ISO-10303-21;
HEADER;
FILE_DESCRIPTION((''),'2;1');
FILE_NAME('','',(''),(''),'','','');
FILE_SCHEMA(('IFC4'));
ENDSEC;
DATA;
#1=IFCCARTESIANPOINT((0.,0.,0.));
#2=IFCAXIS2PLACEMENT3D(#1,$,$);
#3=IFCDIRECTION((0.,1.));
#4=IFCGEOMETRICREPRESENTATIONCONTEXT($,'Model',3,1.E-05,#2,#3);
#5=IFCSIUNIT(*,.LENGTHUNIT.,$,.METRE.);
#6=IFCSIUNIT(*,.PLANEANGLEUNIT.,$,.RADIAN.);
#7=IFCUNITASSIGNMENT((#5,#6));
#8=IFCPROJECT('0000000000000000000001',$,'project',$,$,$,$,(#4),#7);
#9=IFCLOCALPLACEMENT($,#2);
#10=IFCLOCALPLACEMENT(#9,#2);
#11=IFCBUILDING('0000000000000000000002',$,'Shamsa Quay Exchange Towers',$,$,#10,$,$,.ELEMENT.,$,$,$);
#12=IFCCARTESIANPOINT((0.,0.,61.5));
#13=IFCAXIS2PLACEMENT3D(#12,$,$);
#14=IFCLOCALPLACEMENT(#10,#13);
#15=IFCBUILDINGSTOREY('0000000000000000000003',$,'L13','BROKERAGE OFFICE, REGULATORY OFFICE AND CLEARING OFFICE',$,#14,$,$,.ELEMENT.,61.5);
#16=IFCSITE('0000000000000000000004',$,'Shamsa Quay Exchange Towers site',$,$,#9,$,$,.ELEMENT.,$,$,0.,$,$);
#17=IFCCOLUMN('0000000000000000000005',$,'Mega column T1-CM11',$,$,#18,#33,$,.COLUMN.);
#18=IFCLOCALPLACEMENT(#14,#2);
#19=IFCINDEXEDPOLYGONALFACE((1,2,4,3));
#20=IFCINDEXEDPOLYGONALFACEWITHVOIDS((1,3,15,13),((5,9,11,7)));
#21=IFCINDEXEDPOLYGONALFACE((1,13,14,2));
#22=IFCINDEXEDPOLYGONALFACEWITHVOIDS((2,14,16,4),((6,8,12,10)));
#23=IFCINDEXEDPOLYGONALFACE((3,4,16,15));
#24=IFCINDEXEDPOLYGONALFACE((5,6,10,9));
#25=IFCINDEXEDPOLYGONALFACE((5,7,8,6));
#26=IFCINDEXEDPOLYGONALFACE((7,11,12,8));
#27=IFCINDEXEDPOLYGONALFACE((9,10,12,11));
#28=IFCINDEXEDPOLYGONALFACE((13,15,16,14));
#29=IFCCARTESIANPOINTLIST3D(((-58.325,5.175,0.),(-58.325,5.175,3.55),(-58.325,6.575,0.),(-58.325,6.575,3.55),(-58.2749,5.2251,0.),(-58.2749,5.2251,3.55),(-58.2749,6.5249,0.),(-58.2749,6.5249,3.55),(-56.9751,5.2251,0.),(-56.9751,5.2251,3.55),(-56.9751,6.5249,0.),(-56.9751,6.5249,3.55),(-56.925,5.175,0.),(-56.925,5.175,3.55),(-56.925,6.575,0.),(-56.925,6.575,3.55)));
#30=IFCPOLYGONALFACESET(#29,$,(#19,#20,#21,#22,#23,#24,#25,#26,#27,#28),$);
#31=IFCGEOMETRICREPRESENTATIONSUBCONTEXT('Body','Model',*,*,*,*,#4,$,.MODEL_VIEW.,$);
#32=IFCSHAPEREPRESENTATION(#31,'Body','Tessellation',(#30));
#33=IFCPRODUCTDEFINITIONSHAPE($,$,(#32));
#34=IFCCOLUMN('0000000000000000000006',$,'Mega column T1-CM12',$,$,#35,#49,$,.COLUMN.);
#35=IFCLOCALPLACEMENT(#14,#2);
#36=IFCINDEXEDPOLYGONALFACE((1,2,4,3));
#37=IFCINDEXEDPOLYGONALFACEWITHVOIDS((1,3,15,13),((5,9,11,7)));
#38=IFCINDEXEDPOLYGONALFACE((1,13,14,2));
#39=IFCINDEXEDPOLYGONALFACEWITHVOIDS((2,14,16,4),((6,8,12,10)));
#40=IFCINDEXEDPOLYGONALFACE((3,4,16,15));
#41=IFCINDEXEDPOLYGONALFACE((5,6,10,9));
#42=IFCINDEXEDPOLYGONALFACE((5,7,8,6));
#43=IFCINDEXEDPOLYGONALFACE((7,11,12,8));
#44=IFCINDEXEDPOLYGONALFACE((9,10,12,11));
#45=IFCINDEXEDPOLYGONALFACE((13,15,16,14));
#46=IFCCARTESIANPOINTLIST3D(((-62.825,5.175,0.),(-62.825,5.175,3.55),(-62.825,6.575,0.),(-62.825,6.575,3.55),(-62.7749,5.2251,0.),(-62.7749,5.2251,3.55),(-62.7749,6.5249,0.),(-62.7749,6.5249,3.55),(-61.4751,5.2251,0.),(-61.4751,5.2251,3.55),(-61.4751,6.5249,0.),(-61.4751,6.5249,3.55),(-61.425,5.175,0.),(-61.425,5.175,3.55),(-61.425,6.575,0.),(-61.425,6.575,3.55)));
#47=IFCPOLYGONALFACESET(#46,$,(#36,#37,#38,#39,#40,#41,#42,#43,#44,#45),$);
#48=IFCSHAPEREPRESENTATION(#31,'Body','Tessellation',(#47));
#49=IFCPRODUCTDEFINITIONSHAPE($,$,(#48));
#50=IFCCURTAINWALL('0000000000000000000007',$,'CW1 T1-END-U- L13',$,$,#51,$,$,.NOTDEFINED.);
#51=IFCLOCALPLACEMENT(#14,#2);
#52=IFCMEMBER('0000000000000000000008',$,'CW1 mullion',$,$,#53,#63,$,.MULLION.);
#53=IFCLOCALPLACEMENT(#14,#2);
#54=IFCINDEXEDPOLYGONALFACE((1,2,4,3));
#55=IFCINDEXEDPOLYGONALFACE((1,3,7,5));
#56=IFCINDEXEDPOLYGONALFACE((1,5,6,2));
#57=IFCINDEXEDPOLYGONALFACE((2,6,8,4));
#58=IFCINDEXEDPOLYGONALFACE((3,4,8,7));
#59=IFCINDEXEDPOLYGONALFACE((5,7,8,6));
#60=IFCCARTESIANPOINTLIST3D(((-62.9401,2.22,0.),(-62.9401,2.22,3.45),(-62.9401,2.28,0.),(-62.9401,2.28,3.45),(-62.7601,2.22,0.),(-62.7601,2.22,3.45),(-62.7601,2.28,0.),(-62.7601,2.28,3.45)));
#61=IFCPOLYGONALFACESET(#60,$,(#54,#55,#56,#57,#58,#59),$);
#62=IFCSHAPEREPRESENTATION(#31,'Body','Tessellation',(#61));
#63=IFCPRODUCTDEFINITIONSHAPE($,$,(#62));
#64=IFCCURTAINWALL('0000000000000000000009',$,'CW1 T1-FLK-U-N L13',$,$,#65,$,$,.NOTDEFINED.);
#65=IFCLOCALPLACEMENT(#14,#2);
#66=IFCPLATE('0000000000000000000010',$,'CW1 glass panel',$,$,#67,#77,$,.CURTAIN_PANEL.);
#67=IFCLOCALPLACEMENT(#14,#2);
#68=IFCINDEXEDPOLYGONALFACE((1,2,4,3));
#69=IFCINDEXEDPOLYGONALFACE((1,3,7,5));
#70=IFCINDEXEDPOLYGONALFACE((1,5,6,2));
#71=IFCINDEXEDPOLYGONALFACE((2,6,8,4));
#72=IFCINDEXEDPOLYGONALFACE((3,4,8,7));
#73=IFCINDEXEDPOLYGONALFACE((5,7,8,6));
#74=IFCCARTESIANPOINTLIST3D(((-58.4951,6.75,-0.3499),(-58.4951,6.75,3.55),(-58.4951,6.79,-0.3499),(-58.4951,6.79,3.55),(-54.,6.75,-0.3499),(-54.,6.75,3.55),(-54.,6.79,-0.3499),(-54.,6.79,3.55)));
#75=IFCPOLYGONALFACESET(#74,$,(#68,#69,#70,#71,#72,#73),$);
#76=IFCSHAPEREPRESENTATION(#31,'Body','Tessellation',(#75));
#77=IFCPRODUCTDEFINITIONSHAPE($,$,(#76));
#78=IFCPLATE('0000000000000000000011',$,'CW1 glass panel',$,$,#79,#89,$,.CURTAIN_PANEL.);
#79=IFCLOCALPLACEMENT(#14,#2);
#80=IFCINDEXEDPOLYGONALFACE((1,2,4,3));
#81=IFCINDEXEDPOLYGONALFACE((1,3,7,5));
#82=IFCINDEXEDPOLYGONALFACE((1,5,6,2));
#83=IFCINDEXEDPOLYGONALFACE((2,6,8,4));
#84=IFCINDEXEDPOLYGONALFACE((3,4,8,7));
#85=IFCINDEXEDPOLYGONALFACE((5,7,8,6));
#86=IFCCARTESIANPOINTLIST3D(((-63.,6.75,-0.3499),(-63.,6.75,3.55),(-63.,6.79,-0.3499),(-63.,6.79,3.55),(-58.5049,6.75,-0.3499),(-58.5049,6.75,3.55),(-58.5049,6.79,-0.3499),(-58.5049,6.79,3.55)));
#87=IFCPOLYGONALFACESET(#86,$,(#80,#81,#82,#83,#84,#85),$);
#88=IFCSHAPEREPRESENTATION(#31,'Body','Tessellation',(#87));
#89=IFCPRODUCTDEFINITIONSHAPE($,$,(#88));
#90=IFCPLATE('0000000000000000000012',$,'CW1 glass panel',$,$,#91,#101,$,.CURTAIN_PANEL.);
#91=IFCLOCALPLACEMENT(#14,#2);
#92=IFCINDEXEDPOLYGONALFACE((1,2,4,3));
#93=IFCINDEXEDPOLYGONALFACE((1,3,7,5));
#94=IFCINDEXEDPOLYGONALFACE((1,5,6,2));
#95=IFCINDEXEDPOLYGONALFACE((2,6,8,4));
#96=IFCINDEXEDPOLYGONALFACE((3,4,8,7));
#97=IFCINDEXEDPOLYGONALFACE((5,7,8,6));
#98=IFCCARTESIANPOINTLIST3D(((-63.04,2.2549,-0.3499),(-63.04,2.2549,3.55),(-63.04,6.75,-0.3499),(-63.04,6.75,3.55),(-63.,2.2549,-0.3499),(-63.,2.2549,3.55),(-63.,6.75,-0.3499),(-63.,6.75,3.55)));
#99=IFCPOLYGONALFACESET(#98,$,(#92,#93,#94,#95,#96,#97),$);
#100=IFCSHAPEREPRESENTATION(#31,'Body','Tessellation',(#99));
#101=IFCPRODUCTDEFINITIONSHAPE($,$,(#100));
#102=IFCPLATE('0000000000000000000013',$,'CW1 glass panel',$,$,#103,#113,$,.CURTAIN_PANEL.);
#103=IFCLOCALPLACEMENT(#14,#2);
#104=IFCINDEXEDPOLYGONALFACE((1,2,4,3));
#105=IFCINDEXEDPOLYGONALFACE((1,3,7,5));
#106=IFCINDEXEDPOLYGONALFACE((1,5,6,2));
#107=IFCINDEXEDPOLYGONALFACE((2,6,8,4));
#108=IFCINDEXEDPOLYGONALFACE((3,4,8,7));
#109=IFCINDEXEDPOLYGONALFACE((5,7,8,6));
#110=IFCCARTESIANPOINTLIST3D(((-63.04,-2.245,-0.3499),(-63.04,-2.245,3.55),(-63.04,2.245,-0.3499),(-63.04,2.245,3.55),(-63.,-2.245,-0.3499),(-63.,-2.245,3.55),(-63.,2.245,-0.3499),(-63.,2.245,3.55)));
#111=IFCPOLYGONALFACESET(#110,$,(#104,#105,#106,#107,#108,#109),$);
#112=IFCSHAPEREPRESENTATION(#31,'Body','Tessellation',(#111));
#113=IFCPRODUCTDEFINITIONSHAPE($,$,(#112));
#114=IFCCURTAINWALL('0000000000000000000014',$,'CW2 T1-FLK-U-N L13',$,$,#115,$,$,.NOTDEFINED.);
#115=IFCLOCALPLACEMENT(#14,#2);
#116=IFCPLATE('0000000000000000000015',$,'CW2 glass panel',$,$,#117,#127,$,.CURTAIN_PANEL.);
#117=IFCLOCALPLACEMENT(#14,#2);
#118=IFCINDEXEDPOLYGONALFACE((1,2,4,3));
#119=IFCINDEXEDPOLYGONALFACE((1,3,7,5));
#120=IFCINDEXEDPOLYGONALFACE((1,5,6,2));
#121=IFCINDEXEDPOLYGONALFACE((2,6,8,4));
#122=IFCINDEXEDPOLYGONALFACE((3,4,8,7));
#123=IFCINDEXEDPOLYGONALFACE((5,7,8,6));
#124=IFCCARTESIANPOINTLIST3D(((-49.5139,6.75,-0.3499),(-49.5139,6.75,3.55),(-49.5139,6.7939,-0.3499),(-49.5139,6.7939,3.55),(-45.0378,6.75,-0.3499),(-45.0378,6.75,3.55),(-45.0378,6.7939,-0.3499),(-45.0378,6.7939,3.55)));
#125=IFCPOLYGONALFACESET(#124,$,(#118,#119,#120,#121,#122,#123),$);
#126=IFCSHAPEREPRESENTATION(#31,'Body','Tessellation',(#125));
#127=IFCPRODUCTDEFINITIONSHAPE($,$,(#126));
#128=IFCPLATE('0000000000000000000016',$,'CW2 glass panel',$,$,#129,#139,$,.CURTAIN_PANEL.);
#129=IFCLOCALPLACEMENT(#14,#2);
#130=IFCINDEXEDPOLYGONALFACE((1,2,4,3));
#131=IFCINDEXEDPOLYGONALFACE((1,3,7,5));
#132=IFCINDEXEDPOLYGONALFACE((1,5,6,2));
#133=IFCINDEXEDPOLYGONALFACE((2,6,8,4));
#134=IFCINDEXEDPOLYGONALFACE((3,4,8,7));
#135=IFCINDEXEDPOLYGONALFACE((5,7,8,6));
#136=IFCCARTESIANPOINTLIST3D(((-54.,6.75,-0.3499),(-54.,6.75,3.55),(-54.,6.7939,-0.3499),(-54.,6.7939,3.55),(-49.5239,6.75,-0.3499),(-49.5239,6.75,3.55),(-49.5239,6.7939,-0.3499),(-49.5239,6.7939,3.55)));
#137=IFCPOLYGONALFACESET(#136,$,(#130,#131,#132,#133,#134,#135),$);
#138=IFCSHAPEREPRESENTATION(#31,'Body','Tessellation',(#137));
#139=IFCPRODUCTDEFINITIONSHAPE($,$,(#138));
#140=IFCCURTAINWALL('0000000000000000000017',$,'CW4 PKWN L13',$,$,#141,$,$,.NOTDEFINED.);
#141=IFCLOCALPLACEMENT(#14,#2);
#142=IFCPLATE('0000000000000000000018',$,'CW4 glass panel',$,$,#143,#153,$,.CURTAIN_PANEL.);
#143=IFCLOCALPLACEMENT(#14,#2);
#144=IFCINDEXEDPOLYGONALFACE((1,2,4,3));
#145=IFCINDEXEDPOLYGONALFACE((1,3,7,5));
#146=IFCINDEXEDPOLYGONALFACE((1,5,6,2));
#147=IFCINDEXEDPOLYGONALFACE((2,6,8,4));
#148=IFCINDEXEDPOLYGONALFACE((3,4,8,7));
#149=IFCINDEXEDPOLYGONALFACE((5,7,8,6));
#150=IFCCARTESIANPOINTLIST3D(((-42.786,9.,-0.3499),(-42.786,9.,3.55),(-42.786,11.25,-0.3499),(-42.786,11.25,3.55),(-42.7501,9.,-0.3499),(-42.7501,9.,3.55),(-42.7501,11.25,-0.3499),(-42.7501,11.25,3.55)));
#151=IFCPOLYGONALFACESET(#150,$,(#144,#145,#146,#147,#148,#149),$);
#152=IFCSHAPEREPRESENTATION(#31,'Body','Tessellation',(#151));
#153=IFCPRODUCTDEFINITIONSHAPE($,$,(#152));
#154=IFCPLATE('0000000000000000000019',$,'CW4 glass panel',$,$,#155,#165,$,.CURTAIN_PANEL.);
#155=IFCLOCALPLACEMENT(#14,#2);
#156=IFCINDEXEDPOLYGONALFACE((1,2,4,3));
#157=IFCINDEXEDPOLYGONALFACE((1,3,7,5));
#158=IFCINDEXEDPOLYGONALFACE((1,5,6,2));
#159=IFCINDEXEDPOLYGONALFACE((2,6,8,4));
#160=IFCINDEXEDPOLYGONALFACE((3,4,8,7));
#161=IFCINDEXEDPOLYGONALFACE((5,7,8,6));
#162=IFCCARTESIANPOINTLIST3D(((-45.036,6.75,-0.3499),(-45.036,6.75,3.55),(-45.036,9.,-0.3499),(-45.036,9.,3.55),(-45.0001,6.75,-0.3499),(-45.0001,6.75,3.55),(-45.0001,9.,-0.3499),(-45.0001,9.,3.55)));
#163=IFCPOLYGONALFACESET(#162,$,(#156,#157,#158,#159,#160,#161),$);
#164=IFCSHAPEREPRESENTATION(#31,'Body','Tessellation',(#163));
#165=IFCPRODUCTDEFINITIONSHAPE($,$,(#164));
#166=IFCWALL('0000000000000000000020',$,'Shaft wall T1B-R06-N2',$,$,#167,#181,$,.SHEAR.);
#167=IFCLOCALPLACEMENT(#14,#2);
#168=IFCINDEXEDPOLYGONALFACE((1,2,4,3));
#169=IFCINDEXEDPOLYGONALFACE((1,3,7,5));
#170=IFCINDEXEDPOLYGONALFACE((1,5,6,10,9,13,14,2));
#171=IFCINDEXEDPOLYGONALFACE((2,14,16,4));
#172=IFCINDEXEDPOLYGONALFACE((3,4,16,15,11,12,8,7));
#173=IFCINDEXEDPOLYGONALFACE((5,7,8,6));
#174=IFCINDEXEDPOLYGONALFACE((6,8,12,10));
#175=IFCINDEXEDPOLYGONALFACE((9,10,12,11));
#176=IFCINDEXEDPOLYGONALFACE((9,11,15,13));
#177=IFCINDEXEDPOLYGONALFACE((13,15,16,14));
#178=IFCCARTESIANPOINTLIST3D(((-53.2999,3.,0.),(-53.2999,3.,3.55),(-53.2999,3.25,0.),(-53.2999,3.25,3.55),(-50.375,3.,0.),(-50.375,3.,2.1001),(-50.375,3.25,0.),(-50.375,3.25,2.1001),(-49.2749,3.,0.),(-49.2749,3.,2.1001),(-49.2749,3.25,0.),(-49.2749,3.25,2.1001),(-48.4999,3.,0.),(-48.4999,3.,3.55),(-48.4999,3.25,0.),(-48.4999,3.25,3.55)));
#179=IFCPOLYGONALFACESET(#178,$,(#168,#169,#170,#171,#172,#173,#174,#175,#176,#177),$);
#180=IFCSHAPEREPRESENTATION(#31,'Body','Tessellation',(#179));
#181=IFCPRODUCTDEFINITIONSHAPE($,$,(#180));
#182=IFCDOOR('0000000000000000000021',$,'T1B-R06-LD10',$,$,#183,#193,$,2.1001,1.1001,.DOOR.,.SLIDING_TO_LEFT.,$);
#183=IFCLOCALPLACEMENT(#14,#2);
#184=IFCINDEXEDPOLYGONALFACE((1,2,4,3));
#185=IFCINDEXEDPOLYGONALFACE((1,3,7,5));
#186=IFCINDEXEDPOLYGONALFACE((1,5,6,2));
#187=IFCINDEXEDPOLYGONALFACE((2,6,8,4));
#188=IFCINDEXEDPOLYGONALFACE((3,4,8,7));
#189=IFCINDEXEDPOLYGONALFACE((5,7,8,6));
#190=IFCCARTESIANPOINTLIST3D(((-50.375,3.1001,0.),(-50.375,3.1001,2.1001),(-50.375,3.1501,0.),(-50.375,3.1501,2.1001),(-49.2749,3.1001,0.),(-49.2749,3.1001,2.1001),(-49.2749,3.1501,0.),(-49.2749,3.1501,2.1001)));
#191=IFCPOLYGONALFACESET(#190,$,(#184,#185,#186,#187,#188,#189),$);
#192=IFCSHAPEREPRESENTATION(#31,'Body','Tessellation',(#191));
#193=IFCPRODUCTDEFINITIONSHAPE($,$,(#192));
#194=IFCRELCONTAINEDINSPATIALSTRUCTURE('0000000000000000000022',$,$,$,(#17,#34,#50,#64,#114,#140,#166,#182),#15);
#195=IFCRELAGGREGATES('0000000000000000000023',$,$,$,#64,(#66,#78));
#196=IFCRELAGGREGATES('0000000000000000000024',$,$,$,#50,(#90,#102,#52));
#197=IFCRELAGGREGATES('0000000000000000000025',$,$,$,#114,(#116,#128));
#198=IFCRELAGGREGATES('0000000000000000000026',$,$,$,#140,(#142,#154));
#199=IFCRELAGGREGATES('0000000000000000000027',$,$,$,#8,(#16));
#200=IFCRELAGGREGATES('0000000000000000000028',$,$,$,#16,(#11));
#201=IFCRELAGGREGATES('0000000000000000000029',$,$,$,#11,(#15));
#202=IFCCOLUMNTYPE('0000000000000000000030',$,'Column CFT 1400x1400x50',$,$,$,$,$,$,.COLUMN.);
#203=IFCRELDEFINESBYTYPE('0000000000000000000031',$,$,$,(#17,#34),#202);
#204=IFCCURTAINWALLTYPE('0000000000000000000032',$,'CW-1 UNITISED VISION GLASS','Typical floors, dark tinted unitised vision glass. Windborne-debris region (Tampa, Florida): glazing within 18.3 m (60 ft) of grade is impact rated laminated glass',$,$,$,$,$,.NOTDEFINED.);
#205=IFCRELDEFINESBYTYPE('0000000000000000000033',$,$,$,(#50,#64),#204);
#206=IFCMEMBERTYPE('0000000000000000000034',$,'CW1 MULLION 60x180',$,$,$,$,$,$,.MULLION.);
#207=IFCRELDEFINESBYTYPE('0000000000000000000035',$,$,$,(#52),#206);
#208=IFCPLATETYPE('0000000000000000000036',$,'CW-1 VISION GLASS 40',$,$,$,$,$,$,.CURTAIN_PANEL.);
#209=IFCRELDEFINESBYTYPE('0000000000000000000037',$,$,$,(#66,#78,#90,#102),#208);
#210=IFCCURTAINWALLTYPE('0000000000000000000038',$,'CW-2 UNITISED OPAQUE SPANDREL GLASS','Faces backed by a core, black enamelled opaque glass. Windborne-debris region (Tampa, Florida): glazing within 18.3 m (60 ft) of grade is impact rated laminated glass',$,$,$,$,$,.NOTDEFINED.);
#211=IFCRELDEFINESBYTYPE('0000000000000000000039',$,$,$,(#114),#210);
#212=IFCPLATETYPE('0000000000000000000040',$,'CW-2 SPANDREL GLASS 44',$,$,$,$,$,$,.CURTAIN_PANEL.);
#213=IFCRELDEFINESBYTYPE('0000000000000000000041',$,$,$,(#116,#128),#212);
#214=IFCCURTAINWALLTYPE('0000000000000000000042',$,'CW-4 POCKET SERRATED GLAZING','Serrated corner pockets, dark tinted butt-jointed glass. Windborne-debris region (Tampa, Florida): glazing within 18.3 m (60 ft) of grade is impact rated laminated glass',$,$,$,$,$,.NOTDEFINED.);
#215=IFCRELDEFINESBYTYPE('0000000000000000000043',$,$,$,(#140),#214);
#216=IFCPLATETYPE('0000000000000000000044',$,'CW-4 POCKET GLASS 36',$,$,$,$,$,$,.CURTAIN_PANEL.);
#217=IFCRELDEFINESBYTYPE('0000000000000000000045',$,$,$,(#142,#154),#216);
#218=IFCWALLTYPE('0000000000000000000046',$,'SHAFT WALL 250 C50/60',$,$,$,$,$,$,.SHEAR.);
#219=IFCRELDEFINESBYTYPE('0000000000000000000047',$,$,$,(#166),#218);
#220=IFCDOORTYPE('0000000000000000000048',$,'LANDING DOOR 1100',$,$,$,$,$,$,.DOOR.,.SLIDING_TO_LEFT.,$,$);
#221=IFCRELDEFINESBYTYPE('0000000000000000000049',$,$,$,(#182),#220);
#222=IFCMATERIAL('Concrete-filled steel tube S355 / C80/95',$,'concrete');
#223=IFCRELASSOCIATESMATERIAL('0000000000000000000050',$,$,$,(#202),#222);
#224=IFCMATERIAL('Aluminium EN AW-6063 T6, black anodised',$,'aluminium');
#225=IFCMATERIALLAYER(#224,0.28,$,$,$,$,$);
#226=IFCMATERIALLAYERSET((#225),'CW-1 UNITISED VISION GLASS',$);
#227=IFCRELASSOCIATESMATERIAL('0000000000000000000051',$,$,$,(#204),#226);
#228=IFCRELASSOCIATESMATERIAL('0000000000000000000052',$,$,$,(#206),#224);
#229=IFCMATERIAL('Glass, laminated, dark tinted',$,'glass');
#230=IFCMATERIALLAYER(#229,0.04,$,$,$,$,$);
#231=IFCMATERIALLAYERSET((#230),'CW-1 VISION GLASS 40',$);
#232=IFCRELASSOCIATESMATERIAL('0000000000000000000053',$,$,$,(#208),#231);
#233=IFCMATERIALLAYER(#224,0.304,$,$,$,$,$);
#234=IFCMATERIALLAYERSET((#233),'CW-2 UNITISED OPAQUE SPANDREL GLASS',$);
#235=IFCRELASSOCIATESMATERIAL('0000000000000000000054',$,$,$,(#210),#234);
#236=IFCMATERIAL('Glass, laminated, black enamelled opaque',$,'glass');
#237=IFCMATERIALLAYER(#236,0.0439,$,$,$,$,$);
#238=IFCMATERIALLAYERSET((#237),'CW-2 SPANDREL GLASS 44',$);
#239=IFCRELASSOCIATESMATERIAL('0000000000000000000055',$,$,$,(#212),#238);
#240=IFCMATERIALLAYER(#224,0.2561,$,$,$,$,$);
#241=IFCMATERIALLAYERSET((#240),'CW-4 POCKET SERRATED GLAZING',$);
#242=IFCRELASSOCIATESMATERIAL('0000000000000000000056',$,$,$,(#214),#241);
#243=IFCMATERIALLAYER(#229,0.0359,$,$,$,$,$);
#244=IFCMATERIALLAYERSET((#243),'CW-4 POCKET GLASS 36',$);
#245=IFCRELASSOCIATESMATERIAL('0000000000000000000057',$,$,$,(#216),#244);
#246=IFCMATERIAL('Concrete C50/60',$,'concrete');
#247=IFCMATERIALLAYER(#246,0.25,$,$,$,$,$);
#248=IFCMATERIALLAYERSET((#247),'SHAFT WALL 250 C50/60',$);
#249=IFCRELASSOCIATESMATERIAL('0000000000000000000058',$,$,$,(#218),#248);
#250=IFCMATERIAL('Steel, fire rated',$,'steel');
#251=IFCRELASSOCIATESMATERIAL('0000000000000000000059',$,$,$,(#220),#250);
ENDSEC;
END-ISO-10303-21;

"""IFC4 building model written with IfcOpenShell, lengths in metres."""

from ifc_helpers import new_model, si_unit, direction, frame, frame_2d, origin, origin_2d, place, context, subcontext, project, spatial, rectangle, hollow_rectangle, extrude, material, layer, layer_set, material_profile, profile_set, type_object, element, fill, aggregate, save


model = new_model("IFC4")

# Units and contexts
model_context = context("Model", 3, precision=1e-05, world=origin(), true_north=direction((0.0, 1.0)))
body_context = subcontext(model_context, "Body", "Model", "MODEL_VIEW")
ifc_project = project(units=[si_unit("LENGTHUNIT", "METRE"), si_unit("PLANEANGLEUNIT", "RADIAN")], contexts=[model_context])

# Site, building, storey
site_placement = place(None, origin())
site = spatial("IfcSite", under=ifc_project, at=site_placement, Name="Shamsa Quay Exchange Towers site", CompositionType="ELEMENT", RefElevation=0.0)
building_placement = place(site_placement, origin())
building = spatial("IfcBuilding", under=site, at=building_placement, Name="Shamsa Quay Exchange Towers", CompositionType="ELEMENT")
storey_placement = place(building_placement, frame((0.0, 0.0, 61.5)))
storey = spatial("IfcBuildingStorey", under=building, at=storey_placement, Name="L13", Description="BROKERAGE OFFICE, REGULATORY OFFICE AND CLEARING OFFICE", CompositionType="ELEMENT", Elevation=61.5)

# Columns
ifc_material_1 = material(Name="Concrete-filled steel tube S355 / C80/95", Category="concrete")
ifc_material_profile_1 = material_profile(ifc_material_1, hollow_rectangle(XDim=1.3999, YDim=1.3999, WallThickness=0.05, at=origin_2d()), Name="CFT 1400x1400x50")
ifc_profile_set_1 = profile_set([ifc_material_profile_1], Name="Concrete-filled steel tube S355 / C80/95")
column_type = type_object("IfcColumnType", Name="Column CFT 1400x1400x50", PredefinedType="COLUMN", material=ifc_profile_set_1)
for number, where, name in (
    (1, (-57.625, 5.875, 0.0), "Mega column T1-CM11"),
    (2, (-62.125, 5.875, 0.0), "Mega column T1-CM12"),
):
    element("IfcColumn", number, at=place(storey_placement, frame(where)), inside=storey, type_object=column_type, Name=name, PredefinedType="COLUMN", context=body_context, shape_type="SweptSolid", body=[
        extrude(hollow_rectangle(XDim=1.3999, YDim=1.3999, WallThickness=0.05, at=origin_2d()), origin(), (0.0, 0.0, 1.0), 3.55),
    ])

# Curtain wall, member
ifc_material_2 = material(Name="Aluminium EN AW-6063 T6, black anodised", Category="aluminium")
ifc_layer_1 = layer(ifc_material_2, 0.28)
ifc_layer_set_1 = layer_set([ifc_layer_1], Name="CW-1 UNITISED VISION GLASS")
curtain_wall_type_1 = type_object("IfcCurtainWallType", Name="CW-1 UNITISED VISION GLASS", Description="Typical floors, dark tinted unitised vision glass. Windborne-debris region (Tampa, Florida): glazing within 18.3 m (60 ft) of grade is impact rated laminated glass", PredefinedType="NOTDEFINED", material=ifc_layer_set_1)
curtain_wall_1_placement = place(storey_placement, origin())
curtain_wall_1 = element("IfcCurtainWall", 3, at=curtain_wall_1_placement, inside=storey, type_object=curtain_wall_type_1, Name="CW1 T1-END-U- L13", PredefinedType="NOTDEFINED")
ifc_material_profile_2 = material_profile(ifc_material_2, rectangle(XDim=0.1799, YDim=0.0601, at=origin_2d()), Name="MU60x180")
ifc_profile_set_2 = profile_set([ifc_material_profile_2], Name="Aluminium EN AW-6063 T6, black anodised")
member_type = type_object("IfcMemberType", Name="CW1 MULLION 60x180", PredefinedType="MULLION", material=ifc_profile_set_2)
member_placement = place(storey_placement, frame((-62.8501, 2.25, 0.0)))
member = element("IfcMember", 4, at=member_placement, type_object=member_type, Name="CW1 mullion", PredefinedType="MULLION", context=body_context, shape_type="SweptSolid", body=[
    extrude(rectangle(XDim=0.1799, YDim=0.0601, at=origin_2d()), origin(), (0.0, 0.0, 1.0), 3.45),
])

# Curtain wall, plates
curtain_wall_2_placement = place(storey_placement, origin())
curtain_wall_2 = element("IfcCurtainWall", 5, at=curtain_wall_2_placement, inside=storey, type_object=curtain_wall_type_1, Name="CW1 T1-FLK-U-N L13", PredefinedType="NOTDEFINED")
ifc_material_3 = material(Name="Glass, laminated, dark tinted", Category="glass")
ifc_layer_2 = layer(ifc_material_3, 0.04)
ifc_layer_set_2 = layer_set([ifc_layer_2], Name="CW-1 VISION GLASS 40")
plate_type_1 = type_object("IfcPlateType", Name="CW-1 VISION GLASS 40", PredefinedType="CURTAIN_PANEL", material=ifc_layer_set_2)
plate_1_placement = place(storey_placement, frame((-56.2476, 6.77, -0.3499), z_axis=(0.0, 0.0, 1.0), x_axis=(-1.0, 0.0, 0.0)))
plate_1 = element("IfcPlate", 6, at=plate_1_placement, type_object=plate_type_1, Name="CW1 glass panel", PredefinedType="CURTAIN_PANEL", context=body_context, shape_type="SweptSolid", body=[
    extrude(rectangle(XDim=4.4951, YDim=0.04, at=origin_2d()), origin(), (0.0, 0.0, 1.0), 3.8999),
])
plate_2_placement = place(storey_placement, frame((-60.7524, 6.77, -0.3499), z_axis=(0.0, 0.0, 1.0), x_axis=(-1.0, 0.0, 0.0)))
plate_2 = element("IfcPlate", 7, at=plate_2_placement, type_object=plate_type_1, Name="CW1 glass panel", PredefinedType="CURTAIN_PANEL", context=body_context, shape_type="SweptSolid", body=[
    extrude(rectangle(XDim=4.4951, YDim=0.04, at=origin_2d()), origin(), (0.0, 0.0, 1.0), 3.8999),
])
aggregate(curtain_wall_2, [plate_1, plate_2])

# Plates
plate_3_placement = place(storey_placement, frame((-63.02, 4.5024, -0.3499), z_axis=(0.0, 0.0, 1.0), x_axis=(0.0, -1.0, 0.0)))
plate_3 = element("IfcPlate", 8, at=plate_3_placement, type_object=plate_type_1, Name="CW1 glass panel", PredefinedType="CURTAIN_PANEL", context=body_context, shape_type="SweptSolid", body=[
    extrude(rectangle(XDim=4.4951, YDim=0.04, at=origin_2d()), origin(), (0.0, 0.0, 1.0), 3.8999),
])
plate_4_placement = place(storey_placement, frame((-63.02, 0.0, -0.3499), z_axis=(0.0, 0.0, 1.0), x_axis=(0.0, -1.0, 0.0)))
plate_4 = element("IfcPlate", 9, at=plate_4_placement, type_object=plate_type_1, Name="CW1 glass panel", PredefinedType="CURTAIN_PANEL", context=body_context, shape_type="SweptSolid", body=[
    extrude(rectangle(XDim=4.49, YDim=0.04, at=origin_2d()), origin(), (0.0, 0.0, 1.0), 3.8999),
])
aggregate(curtain_wall_1, [plate_3, plate_4, member])

# Curtain walls, plates
ifc_layer_3 = layer(ifc_material_2, 0.304)
ifc_layer_set_3 = layer_set([ifc_layer_3], Name="CW-2 UNITISED OPAQUE SPANDREL GLASS")
curtain_wall_type_2 = type_object("IfcCurtainWallType", Name="CW-2 UNITISED OPAQUE SPANDREL GLASS", Description="Faces backed by a core, black enamelled opaque glass. Windborne-debris region (Tampa, Florida): glazing within 18.3 m (60 ft) of grade is impact rated laminated glass", PredefinedType="NOTDEFINED", material=ifc_layer_set_3)
curtain_wall_3_placement = place(storey_placement, origin())
curtain_wall_3 = element("IfcCurtainWall", 10, at=curtain_wall_3_placement, inside=storey, type_object=curtain_wall_type_2, Name="CW2 T1-FLK-U-N L13", PredefinedType="NOTDEFINED")
ifc_material_4 = material(Name="Glass, laminated, black enamelled opaque", Category="glass")
ifc_layer_4 = layer(ifc_material_4, 0.0439)
ifc_layer_set_4 = layer_set([ifc_layer_4], Name="CW-2 SPANDREL GLASS 44")
plate_type_2 = type_object("IfcPlateType", Name="CW-2 SPANDREL GLASS 44", PredefinedType="CURTAIN_PANEL", material=ifc_layer_set_4)
plate_5_placement = place(storey_placement, frame((-47.2759, 6.772, -0.3499), z_axis=(0.0, 0.0, 1.0), x_axis=(-1.0, 0.0, 0.0)))
plate_5 = element("IfcPlate", 11, at=plate_5_placement, type_object=plate_type_2, Name="CW2 glass panel", PredefinedType="CURTAIN_PANEL", context=body_context, shape_type="SweptSolid", body=[
    extrude(rectangle(XDim=4.4761, YDim=0.0439, at=origin_2d()), origin(), (0.0, 0.0, 1.0), 3.8999),
])
plate_6_placement = place(storey_placement, frame((-51.762, 6.772, -0.3499), z_axis=(0.0, 0.0, 1.0), x_axis=(-1.0, 0.0, 0.0)))
plate_6 = element("IfcPlate", 12, at=plate_6_placement, type_object=plate_type_2, Name="CW2 glass panel", PredefinedType="CURTAIN_PANEL", context=body_context, shape_type="SweptSolid", body=[
    extrude(rectangle(XDim=4.4761, YDim=0.0439, at=origin_2d()), origin(), (0.0, 0.0, 1.0), 3.8999),
])
aggregate(curtain_wall_3, [plate_5, plate_6])
ifc_layer_5 = layer(ifc_material_2, 0.2561)
ifc_layer_set_5 = layer_set([ifc_layer_5], Name="CW-4 POCKET SERRATED GLAZING")
curtain_wall_type_3 = type_object("IfcCurtainWallType", Name="CW-4 POCKET SERRATED GLAZING", Description="Serrated corner pockets, dark tinted butt-jointed glass. Windborne-debris region (Tampa, Florida): glazing within 18.3 m (60 ft) of grade is impact rated laminated glass", PredefinedType="NOTDEFINED", material=ifc_layer_set_5)
curtain_wall_4_placement = place(storey_placement, origin())
curtain_wall_4 = element("IfcCurtainWall", 13, at=curtain_wall_4_placement, inside=storey, type_object=curtain_wall_type_3, Name="CW4 PKWN L13", PredefinedType="NOTDEFINED")
ifc_layer_6 = layer(ifc_material_3, 0.0359)
ifc_layer_set_6 = layer_set([ifc_layer_6], Name="CW-4 POCKET GLASS 36")
plate_type_3 = type_object("IfcPlateType", Name="CW-4 POCKET GLASS 36", PredefinedType="CURTAIN_PANEL", material=ifc_layer_set_6)
plate_7_placement = place(storey_placement, frame((-42.7681, 10.125, -0.3499), z_axis=(0.0, 0.0, 1.0), x_axis=(0.0, -1.0, 0.0)))
plate_7 = element("IfcPlate", 14, at=plate_7_placement, type_object=plate_type_3, Name="CW4 glass panel", PredefinedType="CURTAIN_PANEL", context=body_context, shape_type="SweptSolid", body=[
    extrude(rectangle(XDim=2.25, YDim=0.0359, at=origin_2d()), origin(), (0.0, 0.0, 1.0), 3.8999),
])
plate_8_placement = place(storey_placement, frame((-45.0181, 7.875, -0.3499), z_axis=(0.0, 0.0, 1.0), x_axis=(0.0, -1.0, 0.0)))
plate_8 = element("IfcPlate", 15, at=plate_8_placement, type_object=plate_type_3, Name="CW4 glass panel", PredefinedType="CURTAIN_PANEL", context=body_context, shape_type="SweptSolid", body=[
    extrude(rectangle(XDim=2.25, YDim=0.0359, at=origin_2d()), origin(), (0.0, 0.0, 1.0), 3.8999),
])
aggregate(curtain_wall_4, [plate_7, plate_8])

# Wall, opening, door
ifc_material_5 = material(Name="Concrete C50/60", Category="concrete")
ifc_layer_7 = layer(ifc_material_5, 0.25)
ifc_layer_set_7 = layer_set([ifc_layer_7], Name="SHAFT WALL 250 C50/60")
wall_type_1 = type_object("IfcWallType", Name="SHAFT WALL 250 C50/60", PredefinedType="SHEAR", material=ifc_layer_set_7)
wall_1_placement = place(storey_placement, frame((-48.5, 3.125, 0.0), z_axis=(0.0, 0.0, 1.0), x_axis=(-1.0, 0.0, 0.0)))
wall_1 = element("IfcWall", 16, at=wall_1_placement, inside=storey, type_object=wall_type_1, Name="Shaft wall T1B-R06-N2", PredefinedType="SHEAR", context=body_context, shape_type="SweptSolid", body=[
    extrude(rectangle(XDim=4.8, YDim=0.25, at=frame_2d((2.3999, 0.0))), origin(), (0.0, 0.0, 1.0), 3.55),
])
opening_1_placement = place(wall_1_placement, frame((0.7749, 0.0, 0.0)))
opening_1 = element("IfcOpeningElement", 17, at=opening_1_placement, cuts=wall_1, PredefinedType="OPENING", context=body_context, shape_type="SweptSolid", body=[
    extrude(rectangle(XDim=1.1001, YDim=2.1001, at=frame_2d((0.55, 1.05))), frame((0.0, 0.135, 0.0), z_axis=(0.0, -1.0, 0.0), x_axis=(1.0, 0.0, 0.0)), (0.0, 0.0, 1.0), 0.27),
])
ifc_material_6 = material(Name="Steel, fire rated", Category="steel")
door_type_1 = type_object("IfcDoorType", Name="LANDING DOOR 1100", OperationType="SLIDING_TO_LEFT", PredefinedType="DOOR", material=ifc_material_6)
door_1_placement = place(opening_1_placement, origin())
door_1 = element("IfcDoor", 18, at=door_1_placement, inside=storey, type_object=door_type_1, Name="T1B-R06-LD10", OperationType="SLIDING_TO_LEFT", OverallHeight=2.1001, OverallWidth=1.1001, PredefinedType="DOOR", context=body_context, shape_type="SweptSolid", body=[
    extrude(rectangle(XDim=1.1001, YDim=2.1001, at=frame_2d((0.55, 1.05))), frame((0.0, 0.0249, 0.0), z_axis=(0.0, -1.0, 0.0), x_axis=(1.0, 0.0, 0.0)), (0.0, 0.0, 1.0), 0.05),
])
fill(opening_1, door_1)

save(model, "model.ifc")
